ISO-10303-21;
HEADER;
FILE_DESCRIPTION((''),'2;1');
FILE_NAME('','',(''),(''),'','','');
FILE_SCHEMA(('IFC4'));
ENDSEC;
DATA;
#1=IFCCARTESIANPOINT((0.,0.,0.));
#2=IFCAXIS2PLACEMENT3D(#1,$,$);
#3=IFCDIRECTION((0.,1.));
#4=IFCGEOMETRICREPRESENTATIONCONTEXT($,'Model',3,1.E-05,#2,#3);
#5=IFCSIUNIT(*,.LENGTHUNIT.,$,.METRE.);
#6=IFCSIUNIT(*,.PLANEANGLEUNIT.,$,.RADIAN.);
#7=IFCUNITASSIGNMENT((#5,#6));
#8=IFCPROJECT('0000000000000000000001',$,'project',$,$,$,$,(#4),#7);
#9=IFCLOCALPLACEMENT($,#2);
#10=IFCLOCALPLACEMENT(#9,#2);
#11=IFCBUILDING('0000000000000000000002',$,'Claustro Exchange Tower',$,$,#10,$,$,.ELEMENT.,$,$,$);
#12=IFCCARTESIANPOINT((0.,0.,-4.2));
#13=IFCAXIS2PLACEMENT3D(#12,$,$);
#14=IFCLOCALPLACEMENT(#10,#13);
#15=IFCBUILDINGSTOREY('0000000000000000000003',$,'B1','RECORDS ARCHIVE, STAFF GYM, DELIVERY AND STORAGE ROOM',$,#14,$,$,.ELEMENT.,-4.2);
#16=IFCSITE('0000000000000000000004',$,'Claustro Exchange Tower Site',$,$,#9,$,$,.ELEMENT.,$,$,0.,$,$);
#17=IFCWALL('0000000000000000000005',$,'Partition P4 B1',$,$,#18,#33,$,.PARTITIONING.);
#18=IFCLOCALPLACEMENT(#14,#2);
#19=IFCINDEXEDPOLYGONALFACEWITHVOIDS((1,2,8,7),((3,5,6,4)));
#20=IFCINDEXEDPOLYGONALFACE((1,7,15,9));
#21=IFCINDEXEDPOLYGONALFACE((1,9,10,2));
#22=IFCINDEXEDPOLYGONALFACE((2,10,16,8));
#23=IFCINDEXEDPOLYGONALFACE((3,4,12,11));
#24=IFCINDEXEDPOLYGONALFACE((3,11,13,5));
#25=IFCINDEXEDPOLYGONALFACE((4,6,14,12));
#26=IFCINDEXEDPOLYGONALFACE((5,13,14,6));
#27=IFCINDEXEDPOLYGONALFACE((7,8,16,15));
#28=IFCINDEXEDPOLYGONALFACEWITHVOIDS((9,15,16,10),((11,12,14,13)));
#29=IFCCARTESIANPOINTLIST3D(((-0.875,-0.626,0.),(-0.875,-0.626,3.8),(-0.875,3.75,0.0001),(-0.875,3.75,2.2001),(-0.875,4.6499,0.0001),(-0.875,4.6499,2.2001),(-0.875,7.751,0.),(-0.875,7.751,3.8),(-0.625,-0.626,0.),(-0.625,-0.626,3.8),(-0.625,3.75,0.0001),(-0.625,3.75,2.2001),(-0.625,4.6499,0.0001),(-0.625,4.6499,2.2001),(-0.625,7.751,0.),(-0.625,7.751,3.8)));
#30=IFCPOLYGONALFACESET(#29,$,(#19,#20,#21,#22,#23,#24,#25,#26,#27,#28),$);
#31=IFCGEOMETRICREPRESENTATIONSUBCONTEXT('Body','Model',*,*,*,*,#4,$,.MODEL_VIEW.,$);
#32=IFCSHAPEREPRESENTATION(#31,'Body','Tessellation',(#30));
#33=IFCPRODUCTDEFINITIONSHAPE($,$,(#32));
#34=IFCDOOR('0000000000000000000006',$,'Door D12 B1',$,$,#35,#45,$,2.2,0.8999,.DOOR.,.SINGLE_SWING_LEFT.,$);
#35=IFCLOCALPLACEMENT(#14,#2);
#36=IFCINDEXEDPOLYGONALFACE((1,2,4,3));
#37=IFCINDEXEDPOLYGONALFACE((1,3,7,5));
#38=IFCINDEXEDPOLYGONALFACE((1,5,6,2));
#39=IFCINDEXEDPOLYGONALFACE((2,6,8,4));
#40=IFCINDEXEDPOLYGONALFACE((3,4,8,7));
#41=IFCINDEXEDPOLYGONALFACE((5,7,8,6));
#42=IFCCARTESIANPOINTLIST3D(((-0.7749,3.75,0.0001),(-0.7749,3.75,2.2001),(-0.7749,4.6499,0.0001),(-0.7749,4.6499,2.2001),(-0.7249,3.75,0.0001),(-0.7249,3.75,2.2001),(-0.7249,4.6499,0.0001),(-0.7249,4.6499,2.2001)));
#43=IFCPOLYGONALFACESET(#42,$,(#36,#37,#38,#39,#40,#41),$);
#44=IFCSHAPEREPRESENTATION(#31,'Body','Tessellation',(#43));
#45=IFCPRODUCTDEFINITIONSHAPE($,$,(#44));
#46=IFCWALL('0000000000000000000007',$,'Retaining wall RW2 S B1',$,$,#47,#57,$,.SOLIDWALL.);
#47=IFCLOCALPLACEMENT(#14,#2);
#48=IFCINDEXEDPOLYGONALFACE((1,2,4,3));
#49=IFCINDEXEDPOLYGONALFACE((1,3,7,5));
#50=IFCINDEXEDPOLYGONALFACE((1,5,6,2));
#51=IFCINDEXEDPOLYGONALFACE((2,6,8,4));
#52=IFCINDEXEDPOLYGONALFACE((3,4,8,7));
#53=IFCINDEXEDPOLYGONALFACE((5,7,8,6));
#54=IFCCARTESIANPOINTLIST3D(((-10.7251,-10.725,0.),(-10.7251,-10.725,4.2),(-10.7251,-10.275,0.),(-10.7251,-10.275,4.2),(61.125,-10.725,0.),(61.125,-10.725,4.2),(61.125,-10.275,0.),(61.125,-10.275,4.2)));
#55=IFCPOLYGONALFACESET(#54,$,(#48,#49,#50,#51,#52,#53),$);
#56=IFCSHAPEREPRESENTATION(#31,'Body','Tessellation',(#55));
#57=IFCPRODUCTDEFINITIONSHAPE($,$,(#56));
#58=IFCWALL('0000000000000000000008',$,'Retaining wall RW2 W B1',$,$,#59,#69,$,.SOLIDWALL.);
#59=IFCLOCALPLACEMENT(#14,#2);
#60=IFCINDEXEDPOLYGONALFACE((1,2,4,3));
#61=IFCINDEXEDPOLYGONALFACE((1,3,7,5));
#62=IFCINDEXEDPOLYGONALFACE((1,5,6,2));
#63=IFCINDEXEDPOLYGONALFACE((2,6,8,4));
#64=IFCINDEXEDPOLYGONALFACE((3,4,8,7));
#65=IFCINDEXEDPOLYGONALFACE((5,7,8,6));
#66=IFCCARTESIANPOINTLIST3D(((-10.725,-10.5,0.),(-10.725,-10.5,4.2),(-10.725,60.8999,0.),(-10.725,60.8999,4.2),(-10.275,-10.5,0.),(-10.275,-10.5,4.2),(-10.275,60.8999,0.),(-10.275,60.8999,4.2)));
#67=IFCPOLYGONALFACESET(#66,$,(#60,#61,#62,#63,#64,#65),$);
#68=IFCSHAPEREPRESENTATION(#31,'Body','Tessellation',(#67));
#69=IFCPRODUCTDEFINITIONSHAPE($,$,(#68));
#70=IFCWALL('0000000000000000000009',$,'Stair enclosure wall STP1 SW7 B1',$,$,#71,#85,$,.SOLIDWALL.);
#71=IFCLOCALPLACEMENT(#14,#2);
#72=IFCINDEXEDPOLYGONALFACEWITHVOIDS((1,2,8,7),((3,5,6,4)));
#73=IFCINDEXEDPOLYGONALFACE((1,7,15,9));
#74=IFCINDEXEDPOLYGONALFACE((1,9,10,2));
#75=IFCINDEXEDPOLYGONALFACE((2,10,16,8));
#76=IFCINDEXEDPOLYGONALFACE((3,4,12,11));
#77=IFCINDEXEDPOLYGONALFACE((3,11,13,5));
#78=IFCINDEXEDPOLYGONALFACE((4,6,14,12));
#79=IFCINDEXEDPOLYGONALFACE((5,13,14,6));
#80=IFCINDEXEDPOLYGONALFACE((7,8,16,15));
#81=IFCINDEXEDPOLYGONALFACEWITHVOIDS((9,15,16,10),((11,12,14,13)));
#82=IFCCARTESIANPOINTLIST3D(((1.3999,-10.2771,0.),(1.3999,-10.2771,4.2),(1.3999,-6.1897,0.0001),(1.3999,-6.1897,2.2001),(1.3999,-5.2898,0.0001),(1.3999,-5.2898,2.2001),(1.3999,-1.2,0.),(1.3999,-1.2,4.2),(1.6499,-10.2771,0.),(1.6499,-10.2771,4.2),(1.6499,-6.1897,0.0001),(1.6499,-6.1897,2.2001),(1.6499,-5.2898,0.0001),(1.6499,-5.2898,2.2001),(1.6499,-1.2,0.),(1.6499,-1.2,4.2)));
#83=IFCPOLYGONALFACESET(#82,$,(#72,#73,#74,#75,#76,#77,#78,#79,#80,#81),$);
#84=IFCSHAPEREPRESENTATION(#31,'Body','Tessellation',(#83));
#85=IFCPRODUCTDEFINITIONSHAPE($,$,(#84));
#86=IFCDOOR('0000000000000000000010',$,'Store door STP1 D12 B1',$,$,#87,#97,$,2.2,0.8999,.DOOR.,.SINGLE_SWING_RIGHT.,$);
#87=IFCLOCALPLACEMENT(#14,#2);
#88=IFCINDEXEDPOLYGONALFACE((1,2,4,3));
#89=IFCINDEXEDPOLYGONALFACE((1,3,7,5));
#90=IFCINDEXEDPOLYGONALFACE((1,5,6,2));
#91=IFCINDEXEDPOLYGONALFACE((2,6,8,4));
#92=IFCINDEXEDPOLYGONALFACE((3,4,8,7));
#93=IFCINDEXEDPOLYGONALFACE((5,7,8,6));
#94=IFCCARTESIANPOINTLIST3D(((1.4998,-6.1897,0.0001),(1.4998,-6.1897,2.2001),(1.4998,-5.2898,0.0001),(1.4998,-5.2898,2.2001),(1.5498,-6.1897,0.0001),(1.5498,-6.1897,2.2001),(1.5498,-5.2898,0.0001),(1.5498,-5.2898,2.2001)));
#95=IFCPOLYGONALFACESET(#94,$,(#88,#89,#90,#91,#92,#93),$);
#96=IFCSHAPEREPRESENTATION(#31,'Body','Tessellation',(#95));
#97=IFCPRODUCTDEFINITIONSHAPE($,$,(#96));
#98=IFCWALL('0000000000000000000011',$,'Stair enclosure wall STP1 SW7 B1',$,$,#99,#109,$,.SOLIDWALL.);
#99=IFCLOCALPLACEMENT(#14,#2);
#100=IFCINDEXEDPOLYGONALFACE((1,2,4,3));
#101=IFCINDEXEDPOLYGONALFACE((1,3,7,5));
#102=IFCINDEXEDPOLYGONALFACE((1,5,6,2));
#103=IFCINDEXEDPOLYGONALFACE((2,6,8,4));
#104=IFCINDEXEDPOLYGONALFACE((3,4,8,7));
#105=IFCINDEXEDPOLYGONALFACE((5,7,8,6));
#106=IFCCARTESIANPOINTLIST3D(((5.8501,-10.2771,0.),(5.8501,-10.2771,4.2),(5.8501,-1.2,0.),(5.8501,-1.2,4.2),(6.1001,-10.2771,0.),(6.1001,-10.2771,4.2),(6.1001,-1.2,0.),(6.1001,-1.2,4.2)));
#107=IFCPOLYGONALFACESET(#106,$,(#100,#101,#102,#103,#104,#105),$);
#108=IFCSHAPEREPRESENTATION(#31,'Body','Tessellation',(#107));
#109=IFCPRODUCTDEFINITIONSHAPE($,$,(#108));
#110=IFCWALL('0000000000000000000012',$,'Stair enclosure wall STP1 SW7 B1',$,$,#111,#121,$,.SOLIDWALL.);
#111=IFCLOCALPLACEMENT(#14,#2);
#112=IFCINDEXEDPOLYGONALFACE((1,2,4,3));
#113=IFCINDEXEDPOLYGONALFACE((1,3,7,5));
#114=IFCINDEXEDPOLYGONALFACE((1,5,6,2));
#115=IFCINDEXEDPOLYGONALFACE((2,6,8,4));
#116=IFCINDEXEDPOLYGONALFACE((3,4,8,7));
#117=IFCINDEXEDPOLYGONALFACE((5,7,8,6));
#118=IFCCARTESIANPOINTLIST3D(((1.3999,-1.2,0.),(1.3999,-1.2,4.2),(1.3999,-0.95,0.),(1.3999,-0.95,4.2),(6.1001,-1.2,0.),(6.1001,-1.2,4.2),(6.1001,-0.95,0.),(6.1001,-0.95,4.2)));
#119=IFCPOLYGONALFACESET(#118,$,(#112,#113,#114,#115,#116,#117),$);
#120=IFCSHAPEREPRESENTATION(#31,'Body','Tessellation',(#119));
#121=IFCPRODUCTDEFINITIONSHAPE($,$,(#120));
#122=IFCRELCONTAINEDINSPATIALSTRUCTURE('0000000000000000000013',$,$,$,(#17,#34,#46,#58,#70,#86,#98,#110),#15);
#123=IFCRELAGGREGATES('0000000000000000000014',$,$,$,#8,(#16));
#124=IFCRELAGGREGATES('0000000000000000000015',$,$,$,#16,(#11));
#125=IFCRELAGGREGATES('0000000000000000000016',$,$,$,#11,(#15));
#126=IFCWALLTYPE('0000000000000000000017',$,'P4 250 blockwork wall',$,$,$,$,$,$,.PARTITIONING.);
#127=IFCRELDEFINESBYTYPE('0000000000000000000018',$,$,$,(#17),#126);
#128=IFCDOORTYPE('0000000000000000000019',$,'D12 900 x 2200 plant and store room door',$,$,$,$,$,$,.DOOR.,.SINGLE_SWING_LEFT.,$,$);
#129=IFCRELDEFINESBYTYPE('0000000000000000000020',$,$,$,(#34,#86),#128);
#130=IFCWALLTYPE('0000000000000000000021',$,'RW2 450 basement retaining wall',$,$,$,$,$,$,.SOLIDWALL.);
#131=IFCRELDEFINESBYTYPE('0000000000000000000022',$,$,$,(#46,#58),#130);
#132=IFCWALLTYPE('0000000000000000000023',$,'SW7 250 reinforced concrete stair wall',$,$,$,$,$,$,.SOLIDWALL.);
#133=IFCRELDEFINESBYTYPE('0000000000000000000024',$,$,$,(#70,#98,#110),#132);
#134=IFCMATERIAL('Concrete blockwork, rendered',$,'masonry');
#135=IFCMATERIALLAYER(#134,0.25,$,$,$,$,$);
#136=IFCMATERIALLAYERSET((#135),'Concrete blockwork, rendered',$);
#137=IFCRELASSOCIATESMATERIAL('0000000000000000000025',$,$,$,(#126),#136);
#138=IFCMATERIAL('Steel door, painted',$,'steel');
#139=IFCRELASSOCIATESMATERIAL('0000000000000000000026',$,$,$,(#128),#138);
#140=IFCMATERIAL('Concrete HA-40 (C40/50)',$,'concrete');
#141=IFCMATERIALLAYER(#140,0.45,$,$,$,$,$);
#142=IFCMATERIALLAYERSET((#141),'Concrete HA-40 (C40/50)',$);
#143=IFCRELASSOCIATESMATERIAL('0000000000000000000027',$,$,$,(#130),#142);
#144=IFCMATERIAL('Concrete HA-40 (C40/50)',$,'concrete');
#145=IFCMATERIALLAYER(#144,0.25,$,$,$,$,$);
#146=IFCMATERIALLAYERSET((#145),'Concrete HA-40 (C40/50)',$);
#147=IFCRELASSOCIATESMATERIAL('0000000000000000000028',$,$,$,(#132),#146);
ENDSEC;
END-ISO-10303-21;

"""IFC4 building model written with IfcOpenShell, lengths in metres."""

from ifc_helpers import new_model, si_unit, direction, frame, frame_2d, origin, place, context, subcontext, project, spatial, rectangle, extrude, material, layer, layer_set, type_object, element, fill, save


model = new_model("IFC4")

# Units and contexts
model_context = context("Model", 3, precision=1e-05, world=origin(), true_north=direction((0.0, 1.0)))
body_context = subcontext(model_context, "Body", "Model", "MODEL_VIEW")
ifc_project = project(units=[si_unit("LENGTHUNIT", "METRE"), si_unit("PLANEANGLEUNIT", "RADIAN")], contexts=[model_context])

# Site, building, storey
site_placement = place(None, origin())
site = spatial("IfcSite", under=ifc_project, at=site_placement, Name="Claustro Exchange Tower Site", CompositionType="ELEMENT", RefElevation=0.0)
building_placement = place(site_placement, origin())
building = spatial("IfcBuilding", under=site, at=building_placement, Name="Claustro Exchange Tower", CompositionType="ELEMENT")
storey_placement = place(building_placement, frame((0.0, 0.0, -4.2)))
storey = spatial("IfcBuildingStorey", under=building, at=storey_placement, Name="B1", Description="RECORDS ARCHIVE, STAFF GYM, DELIVERY AND STORAGE ROOM", CompositionType="ELEMENT", Elevation=-4.2)

# Shared definitions
ifc_material_1 = material(Name="Concrete blockwork, rendered", Category="masonry")
ifc_layer_1 = layer(ifc_material_1, 0.25)
ifc_layer_set_1 = layer_set([ifc_layer_1], Name="Concrete blockwork, rendered")
wall_type_1 = type_object("IfcWallType", Name="P4 250 blockwork wall", PredefinedType="PARTITIONING", material=ifc_layer_set_1)
ifc_material_2 = material(Name="Steel door, painted", Category="steel")
door_type = type_object("IfcDoorType", Name="D12 900 x 2200 plant and store room door", OperationType="SINGLE_SWING_LEFT", PredefinedType="DOOR", material=ifc_material_2)

# Wall, opening, door
wall_1_placement = place(storey_placement, frame((-0.75, -0.626, 0.0), z_axis=(0.0, 0.0, 1.0), x_axis=(0.0, 1.0, 0.0)))
wall_1 = element("IfcWall", 1, at=wall_1_placement, inside=storey, type_object=wall_type_1, Name="Partition P4 B1", PredefinedType="PARTITIONING", context=body_context, shape_type="SweptSolid", body=[
    extrude(rectangle(XDim=8.377, YDim=0.25, at=frame_2d((4.1885, 0.0))), origin(), (0.0, 0.0, 1.0), 3.8),
])
opening_1_placement = place(wall_1_placement, frame((4.376, 0.0, 0.0)))
opening_1 = element("IfcOpeningElement", 2, at=opening_1_placement, cuts=wall_1, PredefinedType="OPENING", context=body_context, shape_type="SweptSolid", body=[
    extrude(rectangle(XDim=0.8999, YDim=2.2, at=frame_2d((0.45, 1.1001))), frame((0.0, 0.135, 0.0), z_axis=(0.0, -1.0, 0.0), x_axis=(1.0, 0.0, 0.0)), (0.0, 0.0, 1.0), 0.27),
])
door_1_placement = place(opening_1_placement, origin())
door_1 = element("IfcDoor", 3, at=door_1_placement, inside=storey, type_object=door_type, Name="Door D12 B1", OperationType="SINGLE_SWING_LEFT", OverallHeight=2.2, OverallWidth=0.8999, PredefinedType="DOOR", context=body_context, shape_type="SweptSolid", body=[
    extrude(rectangle(XDim=0.8999, YDim=2.2, at=frame_2d((0.45, 1.1001))), frame((0.0, 0.0249, 0.0), z_axis=(0.0, -1.0, 0.0), x_axis=(1.0, 0.0, 0.0)), (0.0, 0.0, 1.0), 0.05),
])
fill(opening_1, door_1)

# Walls
ifc_material_3 = material(Name="Concrete HA-40 (C40/50)", Category="concrete")
ifc_layer_2 = layer(ifc_material_3, 0.45)
ifc_layer_set_2 = layer_set([ifc_layer_2], Name="Concrete HA-40 (C40/50)")
wall_type_2 = type_object("IfcWallType", Name="RW2 450 basement retaining wall", PredefinedType="SOLIDWALL", material=ifc_layer_set_2)
wall_2_placement = place(storey_placement, frame((-10.7251, -10.5, 0.0), z_axis=(0.0, 0.0, 1.0), x_axis=(1.0, 0.0, 0.0)))
element("IfcWall", 4, at=wall_2_placement, inside=storey, type_object=wall_type_2, Name="Retaining wall RW2 S B1", PredefinedType="SOLIDWALL", context=body_context, shape_type="SweptSolid", body=[
    extrude(rectangle(XDim=71.8501, YDim=0.45, at=frame_2d((35.925, 0.0))), origin(), (0.0, 0.0, 1.0), 4.2),
])
wall_3_placement = place(storey_placement, frame((-10.5, -10.5, 0.0), z_axis=(0.0, 0.0, 1.0), x_axis=(0.0, 1.0, 0.0)))
element("IfcWall", 5, at=wall_3_placement, inside=storey, type_object=wall_type_2, Name="Retaining wall RW2 W B1", PredefinedType="SOLIDWALL", context=body_context, shape_type="SweptSolid", body=[
    extrude(rectangle(XDim=71.3999, YDim=0.45, at=frame_2d((35.7, 0.0))), origin(), (0.0, 0.0, 1.0), 4.2),
])

# Wall, opening, door
ifc_material_4 = material(Name="Concrete HA-40 (C40/50)", Category="concrete")
ifc_layer_3 = layer(ifc_material_4, 0.25)
ifc_layer_set_3 = layer_set([ifc_layer_3], Name="Concrete HA-40 (C40/50)")
wall_type_3 = type_object("IfcWallType", Name="SW7 250 reinforced concrete stair wall", PredefinedType="SOLIDWALL", material=ifc_layer_set_3)
wall_4_placement = place(storey_placement, frame((1.5249, -10.2771, 0.0), z_axis=(0.0, 0.0, 1.0), x_axis=(0.0, 1.0, 0.0)))
wall_4 = element("IfcWall", 6, at=wall_4_placement, inside=storey, type_object=wall_type_3, Name="Stair enclosure wall STP1 SW7 B1", PredefinedType="SOLIDWALL", context=body_context, shape_type="SweptSolid", body=[
    extrude(rectangle(XDim=9.0771, YDim=0.25, at=frame_2d((4.5386, 0.0))), origin(), (0.0, 0.0, 1.0), 4.2),
])
opening_2_placement = place(wall_4_placement, frame((4.0874, 0.0, 0.0)))
opening_2 = element("IfcOpeningElement", 7, at=opening_2_placement, cuts=wall_4, PredefinedType="OPENING", context=body_context, shape_type="SweptSolid", body=[
    extrude(rectangle(XDim=0.8999, YDim=2.2, at=frame_2d((0.45, 1.1001))), frame((0.0, 0.135, 0.0), z_axis=(0.0, -1.0, 0.0), x_axis=(1.0, 0.0, 0.0)), (0.0, 0.0, 1.0), 0.27),
])
door_2_placement = place(opening_2_placement, frame((0.8999, 0.0, 0.0), z_axis=(0.0, 0.0, 1.0), x_axis=(-1.0, 0.0, 0.0)))
door_2 = element("IfcDoor", 8, at=door_2_placement, inside=storey, type_object=door_type, Name="Store door STP1 D12 B1", OperationType="SINGLE_SWING_RIGHT", OverallHeight=2.2, OverallWidth=0.8999, PredefinedType="DOOR", context=body_context, shape_type="SweptSolid", body=[
    extrude(rectangle(XDim=0.8999, YDim=2.2, at=frame_2d((0.45, 1.1001))), frame((0.0, 0.0249, 0.0), z_axis=(0.0, -1.0, 0.0), x_axis=(1.0, 0.0, 0.0)), (0.0, 0.0, 1.0), 0.05),
])
fill(opening_2, door_2)

# Walls
wall_5_placement = place(storey_placement, frame((5.9751, -10.2771, 0.0), z_axis=(0.0, 0.0, 1.0), x_axis=(0.0, 1.0, 0.0)))
element("IfcWall", 9, at=wall_5_placement, inside=storey, type_object=wall_type_3, Name="Stair enclosure wall STP1 SW7 B1", PredefinedType="SOLIDWALL", context=body_context, shape_type="SweptSolid", body=[
    extrude(rectangle(XDim=9.0771, YDim=0.25, at=frame_2d((4.5386, 0.0))), origin(), (0.0, 0.0, 1.0), 4.2),
])
wall_6_placement = place(storey_placement, frame((1.3999, -1.075, 0.0), z_axis=(0.0, 0.0, 1.0), x_axis=(1.0, 0.0, 0.0)))
element("IfcWall", 10, at=wall_6_placement, inside=storey, type_object=wall_type_3, Name="Stair enclosure wall STP1 SW7 B1", PredefinedType="SOLIDWALL", context=body_context, shape_type="SweptSolid", body=[
    extrude(rectangle(XDim=4.7002, YDim=0.25, at=frame_2d((2.3501, 0.0))), origin(), (0.0, 0.0, 1.0), 4.2),
])

save(model, "model.ifc")
